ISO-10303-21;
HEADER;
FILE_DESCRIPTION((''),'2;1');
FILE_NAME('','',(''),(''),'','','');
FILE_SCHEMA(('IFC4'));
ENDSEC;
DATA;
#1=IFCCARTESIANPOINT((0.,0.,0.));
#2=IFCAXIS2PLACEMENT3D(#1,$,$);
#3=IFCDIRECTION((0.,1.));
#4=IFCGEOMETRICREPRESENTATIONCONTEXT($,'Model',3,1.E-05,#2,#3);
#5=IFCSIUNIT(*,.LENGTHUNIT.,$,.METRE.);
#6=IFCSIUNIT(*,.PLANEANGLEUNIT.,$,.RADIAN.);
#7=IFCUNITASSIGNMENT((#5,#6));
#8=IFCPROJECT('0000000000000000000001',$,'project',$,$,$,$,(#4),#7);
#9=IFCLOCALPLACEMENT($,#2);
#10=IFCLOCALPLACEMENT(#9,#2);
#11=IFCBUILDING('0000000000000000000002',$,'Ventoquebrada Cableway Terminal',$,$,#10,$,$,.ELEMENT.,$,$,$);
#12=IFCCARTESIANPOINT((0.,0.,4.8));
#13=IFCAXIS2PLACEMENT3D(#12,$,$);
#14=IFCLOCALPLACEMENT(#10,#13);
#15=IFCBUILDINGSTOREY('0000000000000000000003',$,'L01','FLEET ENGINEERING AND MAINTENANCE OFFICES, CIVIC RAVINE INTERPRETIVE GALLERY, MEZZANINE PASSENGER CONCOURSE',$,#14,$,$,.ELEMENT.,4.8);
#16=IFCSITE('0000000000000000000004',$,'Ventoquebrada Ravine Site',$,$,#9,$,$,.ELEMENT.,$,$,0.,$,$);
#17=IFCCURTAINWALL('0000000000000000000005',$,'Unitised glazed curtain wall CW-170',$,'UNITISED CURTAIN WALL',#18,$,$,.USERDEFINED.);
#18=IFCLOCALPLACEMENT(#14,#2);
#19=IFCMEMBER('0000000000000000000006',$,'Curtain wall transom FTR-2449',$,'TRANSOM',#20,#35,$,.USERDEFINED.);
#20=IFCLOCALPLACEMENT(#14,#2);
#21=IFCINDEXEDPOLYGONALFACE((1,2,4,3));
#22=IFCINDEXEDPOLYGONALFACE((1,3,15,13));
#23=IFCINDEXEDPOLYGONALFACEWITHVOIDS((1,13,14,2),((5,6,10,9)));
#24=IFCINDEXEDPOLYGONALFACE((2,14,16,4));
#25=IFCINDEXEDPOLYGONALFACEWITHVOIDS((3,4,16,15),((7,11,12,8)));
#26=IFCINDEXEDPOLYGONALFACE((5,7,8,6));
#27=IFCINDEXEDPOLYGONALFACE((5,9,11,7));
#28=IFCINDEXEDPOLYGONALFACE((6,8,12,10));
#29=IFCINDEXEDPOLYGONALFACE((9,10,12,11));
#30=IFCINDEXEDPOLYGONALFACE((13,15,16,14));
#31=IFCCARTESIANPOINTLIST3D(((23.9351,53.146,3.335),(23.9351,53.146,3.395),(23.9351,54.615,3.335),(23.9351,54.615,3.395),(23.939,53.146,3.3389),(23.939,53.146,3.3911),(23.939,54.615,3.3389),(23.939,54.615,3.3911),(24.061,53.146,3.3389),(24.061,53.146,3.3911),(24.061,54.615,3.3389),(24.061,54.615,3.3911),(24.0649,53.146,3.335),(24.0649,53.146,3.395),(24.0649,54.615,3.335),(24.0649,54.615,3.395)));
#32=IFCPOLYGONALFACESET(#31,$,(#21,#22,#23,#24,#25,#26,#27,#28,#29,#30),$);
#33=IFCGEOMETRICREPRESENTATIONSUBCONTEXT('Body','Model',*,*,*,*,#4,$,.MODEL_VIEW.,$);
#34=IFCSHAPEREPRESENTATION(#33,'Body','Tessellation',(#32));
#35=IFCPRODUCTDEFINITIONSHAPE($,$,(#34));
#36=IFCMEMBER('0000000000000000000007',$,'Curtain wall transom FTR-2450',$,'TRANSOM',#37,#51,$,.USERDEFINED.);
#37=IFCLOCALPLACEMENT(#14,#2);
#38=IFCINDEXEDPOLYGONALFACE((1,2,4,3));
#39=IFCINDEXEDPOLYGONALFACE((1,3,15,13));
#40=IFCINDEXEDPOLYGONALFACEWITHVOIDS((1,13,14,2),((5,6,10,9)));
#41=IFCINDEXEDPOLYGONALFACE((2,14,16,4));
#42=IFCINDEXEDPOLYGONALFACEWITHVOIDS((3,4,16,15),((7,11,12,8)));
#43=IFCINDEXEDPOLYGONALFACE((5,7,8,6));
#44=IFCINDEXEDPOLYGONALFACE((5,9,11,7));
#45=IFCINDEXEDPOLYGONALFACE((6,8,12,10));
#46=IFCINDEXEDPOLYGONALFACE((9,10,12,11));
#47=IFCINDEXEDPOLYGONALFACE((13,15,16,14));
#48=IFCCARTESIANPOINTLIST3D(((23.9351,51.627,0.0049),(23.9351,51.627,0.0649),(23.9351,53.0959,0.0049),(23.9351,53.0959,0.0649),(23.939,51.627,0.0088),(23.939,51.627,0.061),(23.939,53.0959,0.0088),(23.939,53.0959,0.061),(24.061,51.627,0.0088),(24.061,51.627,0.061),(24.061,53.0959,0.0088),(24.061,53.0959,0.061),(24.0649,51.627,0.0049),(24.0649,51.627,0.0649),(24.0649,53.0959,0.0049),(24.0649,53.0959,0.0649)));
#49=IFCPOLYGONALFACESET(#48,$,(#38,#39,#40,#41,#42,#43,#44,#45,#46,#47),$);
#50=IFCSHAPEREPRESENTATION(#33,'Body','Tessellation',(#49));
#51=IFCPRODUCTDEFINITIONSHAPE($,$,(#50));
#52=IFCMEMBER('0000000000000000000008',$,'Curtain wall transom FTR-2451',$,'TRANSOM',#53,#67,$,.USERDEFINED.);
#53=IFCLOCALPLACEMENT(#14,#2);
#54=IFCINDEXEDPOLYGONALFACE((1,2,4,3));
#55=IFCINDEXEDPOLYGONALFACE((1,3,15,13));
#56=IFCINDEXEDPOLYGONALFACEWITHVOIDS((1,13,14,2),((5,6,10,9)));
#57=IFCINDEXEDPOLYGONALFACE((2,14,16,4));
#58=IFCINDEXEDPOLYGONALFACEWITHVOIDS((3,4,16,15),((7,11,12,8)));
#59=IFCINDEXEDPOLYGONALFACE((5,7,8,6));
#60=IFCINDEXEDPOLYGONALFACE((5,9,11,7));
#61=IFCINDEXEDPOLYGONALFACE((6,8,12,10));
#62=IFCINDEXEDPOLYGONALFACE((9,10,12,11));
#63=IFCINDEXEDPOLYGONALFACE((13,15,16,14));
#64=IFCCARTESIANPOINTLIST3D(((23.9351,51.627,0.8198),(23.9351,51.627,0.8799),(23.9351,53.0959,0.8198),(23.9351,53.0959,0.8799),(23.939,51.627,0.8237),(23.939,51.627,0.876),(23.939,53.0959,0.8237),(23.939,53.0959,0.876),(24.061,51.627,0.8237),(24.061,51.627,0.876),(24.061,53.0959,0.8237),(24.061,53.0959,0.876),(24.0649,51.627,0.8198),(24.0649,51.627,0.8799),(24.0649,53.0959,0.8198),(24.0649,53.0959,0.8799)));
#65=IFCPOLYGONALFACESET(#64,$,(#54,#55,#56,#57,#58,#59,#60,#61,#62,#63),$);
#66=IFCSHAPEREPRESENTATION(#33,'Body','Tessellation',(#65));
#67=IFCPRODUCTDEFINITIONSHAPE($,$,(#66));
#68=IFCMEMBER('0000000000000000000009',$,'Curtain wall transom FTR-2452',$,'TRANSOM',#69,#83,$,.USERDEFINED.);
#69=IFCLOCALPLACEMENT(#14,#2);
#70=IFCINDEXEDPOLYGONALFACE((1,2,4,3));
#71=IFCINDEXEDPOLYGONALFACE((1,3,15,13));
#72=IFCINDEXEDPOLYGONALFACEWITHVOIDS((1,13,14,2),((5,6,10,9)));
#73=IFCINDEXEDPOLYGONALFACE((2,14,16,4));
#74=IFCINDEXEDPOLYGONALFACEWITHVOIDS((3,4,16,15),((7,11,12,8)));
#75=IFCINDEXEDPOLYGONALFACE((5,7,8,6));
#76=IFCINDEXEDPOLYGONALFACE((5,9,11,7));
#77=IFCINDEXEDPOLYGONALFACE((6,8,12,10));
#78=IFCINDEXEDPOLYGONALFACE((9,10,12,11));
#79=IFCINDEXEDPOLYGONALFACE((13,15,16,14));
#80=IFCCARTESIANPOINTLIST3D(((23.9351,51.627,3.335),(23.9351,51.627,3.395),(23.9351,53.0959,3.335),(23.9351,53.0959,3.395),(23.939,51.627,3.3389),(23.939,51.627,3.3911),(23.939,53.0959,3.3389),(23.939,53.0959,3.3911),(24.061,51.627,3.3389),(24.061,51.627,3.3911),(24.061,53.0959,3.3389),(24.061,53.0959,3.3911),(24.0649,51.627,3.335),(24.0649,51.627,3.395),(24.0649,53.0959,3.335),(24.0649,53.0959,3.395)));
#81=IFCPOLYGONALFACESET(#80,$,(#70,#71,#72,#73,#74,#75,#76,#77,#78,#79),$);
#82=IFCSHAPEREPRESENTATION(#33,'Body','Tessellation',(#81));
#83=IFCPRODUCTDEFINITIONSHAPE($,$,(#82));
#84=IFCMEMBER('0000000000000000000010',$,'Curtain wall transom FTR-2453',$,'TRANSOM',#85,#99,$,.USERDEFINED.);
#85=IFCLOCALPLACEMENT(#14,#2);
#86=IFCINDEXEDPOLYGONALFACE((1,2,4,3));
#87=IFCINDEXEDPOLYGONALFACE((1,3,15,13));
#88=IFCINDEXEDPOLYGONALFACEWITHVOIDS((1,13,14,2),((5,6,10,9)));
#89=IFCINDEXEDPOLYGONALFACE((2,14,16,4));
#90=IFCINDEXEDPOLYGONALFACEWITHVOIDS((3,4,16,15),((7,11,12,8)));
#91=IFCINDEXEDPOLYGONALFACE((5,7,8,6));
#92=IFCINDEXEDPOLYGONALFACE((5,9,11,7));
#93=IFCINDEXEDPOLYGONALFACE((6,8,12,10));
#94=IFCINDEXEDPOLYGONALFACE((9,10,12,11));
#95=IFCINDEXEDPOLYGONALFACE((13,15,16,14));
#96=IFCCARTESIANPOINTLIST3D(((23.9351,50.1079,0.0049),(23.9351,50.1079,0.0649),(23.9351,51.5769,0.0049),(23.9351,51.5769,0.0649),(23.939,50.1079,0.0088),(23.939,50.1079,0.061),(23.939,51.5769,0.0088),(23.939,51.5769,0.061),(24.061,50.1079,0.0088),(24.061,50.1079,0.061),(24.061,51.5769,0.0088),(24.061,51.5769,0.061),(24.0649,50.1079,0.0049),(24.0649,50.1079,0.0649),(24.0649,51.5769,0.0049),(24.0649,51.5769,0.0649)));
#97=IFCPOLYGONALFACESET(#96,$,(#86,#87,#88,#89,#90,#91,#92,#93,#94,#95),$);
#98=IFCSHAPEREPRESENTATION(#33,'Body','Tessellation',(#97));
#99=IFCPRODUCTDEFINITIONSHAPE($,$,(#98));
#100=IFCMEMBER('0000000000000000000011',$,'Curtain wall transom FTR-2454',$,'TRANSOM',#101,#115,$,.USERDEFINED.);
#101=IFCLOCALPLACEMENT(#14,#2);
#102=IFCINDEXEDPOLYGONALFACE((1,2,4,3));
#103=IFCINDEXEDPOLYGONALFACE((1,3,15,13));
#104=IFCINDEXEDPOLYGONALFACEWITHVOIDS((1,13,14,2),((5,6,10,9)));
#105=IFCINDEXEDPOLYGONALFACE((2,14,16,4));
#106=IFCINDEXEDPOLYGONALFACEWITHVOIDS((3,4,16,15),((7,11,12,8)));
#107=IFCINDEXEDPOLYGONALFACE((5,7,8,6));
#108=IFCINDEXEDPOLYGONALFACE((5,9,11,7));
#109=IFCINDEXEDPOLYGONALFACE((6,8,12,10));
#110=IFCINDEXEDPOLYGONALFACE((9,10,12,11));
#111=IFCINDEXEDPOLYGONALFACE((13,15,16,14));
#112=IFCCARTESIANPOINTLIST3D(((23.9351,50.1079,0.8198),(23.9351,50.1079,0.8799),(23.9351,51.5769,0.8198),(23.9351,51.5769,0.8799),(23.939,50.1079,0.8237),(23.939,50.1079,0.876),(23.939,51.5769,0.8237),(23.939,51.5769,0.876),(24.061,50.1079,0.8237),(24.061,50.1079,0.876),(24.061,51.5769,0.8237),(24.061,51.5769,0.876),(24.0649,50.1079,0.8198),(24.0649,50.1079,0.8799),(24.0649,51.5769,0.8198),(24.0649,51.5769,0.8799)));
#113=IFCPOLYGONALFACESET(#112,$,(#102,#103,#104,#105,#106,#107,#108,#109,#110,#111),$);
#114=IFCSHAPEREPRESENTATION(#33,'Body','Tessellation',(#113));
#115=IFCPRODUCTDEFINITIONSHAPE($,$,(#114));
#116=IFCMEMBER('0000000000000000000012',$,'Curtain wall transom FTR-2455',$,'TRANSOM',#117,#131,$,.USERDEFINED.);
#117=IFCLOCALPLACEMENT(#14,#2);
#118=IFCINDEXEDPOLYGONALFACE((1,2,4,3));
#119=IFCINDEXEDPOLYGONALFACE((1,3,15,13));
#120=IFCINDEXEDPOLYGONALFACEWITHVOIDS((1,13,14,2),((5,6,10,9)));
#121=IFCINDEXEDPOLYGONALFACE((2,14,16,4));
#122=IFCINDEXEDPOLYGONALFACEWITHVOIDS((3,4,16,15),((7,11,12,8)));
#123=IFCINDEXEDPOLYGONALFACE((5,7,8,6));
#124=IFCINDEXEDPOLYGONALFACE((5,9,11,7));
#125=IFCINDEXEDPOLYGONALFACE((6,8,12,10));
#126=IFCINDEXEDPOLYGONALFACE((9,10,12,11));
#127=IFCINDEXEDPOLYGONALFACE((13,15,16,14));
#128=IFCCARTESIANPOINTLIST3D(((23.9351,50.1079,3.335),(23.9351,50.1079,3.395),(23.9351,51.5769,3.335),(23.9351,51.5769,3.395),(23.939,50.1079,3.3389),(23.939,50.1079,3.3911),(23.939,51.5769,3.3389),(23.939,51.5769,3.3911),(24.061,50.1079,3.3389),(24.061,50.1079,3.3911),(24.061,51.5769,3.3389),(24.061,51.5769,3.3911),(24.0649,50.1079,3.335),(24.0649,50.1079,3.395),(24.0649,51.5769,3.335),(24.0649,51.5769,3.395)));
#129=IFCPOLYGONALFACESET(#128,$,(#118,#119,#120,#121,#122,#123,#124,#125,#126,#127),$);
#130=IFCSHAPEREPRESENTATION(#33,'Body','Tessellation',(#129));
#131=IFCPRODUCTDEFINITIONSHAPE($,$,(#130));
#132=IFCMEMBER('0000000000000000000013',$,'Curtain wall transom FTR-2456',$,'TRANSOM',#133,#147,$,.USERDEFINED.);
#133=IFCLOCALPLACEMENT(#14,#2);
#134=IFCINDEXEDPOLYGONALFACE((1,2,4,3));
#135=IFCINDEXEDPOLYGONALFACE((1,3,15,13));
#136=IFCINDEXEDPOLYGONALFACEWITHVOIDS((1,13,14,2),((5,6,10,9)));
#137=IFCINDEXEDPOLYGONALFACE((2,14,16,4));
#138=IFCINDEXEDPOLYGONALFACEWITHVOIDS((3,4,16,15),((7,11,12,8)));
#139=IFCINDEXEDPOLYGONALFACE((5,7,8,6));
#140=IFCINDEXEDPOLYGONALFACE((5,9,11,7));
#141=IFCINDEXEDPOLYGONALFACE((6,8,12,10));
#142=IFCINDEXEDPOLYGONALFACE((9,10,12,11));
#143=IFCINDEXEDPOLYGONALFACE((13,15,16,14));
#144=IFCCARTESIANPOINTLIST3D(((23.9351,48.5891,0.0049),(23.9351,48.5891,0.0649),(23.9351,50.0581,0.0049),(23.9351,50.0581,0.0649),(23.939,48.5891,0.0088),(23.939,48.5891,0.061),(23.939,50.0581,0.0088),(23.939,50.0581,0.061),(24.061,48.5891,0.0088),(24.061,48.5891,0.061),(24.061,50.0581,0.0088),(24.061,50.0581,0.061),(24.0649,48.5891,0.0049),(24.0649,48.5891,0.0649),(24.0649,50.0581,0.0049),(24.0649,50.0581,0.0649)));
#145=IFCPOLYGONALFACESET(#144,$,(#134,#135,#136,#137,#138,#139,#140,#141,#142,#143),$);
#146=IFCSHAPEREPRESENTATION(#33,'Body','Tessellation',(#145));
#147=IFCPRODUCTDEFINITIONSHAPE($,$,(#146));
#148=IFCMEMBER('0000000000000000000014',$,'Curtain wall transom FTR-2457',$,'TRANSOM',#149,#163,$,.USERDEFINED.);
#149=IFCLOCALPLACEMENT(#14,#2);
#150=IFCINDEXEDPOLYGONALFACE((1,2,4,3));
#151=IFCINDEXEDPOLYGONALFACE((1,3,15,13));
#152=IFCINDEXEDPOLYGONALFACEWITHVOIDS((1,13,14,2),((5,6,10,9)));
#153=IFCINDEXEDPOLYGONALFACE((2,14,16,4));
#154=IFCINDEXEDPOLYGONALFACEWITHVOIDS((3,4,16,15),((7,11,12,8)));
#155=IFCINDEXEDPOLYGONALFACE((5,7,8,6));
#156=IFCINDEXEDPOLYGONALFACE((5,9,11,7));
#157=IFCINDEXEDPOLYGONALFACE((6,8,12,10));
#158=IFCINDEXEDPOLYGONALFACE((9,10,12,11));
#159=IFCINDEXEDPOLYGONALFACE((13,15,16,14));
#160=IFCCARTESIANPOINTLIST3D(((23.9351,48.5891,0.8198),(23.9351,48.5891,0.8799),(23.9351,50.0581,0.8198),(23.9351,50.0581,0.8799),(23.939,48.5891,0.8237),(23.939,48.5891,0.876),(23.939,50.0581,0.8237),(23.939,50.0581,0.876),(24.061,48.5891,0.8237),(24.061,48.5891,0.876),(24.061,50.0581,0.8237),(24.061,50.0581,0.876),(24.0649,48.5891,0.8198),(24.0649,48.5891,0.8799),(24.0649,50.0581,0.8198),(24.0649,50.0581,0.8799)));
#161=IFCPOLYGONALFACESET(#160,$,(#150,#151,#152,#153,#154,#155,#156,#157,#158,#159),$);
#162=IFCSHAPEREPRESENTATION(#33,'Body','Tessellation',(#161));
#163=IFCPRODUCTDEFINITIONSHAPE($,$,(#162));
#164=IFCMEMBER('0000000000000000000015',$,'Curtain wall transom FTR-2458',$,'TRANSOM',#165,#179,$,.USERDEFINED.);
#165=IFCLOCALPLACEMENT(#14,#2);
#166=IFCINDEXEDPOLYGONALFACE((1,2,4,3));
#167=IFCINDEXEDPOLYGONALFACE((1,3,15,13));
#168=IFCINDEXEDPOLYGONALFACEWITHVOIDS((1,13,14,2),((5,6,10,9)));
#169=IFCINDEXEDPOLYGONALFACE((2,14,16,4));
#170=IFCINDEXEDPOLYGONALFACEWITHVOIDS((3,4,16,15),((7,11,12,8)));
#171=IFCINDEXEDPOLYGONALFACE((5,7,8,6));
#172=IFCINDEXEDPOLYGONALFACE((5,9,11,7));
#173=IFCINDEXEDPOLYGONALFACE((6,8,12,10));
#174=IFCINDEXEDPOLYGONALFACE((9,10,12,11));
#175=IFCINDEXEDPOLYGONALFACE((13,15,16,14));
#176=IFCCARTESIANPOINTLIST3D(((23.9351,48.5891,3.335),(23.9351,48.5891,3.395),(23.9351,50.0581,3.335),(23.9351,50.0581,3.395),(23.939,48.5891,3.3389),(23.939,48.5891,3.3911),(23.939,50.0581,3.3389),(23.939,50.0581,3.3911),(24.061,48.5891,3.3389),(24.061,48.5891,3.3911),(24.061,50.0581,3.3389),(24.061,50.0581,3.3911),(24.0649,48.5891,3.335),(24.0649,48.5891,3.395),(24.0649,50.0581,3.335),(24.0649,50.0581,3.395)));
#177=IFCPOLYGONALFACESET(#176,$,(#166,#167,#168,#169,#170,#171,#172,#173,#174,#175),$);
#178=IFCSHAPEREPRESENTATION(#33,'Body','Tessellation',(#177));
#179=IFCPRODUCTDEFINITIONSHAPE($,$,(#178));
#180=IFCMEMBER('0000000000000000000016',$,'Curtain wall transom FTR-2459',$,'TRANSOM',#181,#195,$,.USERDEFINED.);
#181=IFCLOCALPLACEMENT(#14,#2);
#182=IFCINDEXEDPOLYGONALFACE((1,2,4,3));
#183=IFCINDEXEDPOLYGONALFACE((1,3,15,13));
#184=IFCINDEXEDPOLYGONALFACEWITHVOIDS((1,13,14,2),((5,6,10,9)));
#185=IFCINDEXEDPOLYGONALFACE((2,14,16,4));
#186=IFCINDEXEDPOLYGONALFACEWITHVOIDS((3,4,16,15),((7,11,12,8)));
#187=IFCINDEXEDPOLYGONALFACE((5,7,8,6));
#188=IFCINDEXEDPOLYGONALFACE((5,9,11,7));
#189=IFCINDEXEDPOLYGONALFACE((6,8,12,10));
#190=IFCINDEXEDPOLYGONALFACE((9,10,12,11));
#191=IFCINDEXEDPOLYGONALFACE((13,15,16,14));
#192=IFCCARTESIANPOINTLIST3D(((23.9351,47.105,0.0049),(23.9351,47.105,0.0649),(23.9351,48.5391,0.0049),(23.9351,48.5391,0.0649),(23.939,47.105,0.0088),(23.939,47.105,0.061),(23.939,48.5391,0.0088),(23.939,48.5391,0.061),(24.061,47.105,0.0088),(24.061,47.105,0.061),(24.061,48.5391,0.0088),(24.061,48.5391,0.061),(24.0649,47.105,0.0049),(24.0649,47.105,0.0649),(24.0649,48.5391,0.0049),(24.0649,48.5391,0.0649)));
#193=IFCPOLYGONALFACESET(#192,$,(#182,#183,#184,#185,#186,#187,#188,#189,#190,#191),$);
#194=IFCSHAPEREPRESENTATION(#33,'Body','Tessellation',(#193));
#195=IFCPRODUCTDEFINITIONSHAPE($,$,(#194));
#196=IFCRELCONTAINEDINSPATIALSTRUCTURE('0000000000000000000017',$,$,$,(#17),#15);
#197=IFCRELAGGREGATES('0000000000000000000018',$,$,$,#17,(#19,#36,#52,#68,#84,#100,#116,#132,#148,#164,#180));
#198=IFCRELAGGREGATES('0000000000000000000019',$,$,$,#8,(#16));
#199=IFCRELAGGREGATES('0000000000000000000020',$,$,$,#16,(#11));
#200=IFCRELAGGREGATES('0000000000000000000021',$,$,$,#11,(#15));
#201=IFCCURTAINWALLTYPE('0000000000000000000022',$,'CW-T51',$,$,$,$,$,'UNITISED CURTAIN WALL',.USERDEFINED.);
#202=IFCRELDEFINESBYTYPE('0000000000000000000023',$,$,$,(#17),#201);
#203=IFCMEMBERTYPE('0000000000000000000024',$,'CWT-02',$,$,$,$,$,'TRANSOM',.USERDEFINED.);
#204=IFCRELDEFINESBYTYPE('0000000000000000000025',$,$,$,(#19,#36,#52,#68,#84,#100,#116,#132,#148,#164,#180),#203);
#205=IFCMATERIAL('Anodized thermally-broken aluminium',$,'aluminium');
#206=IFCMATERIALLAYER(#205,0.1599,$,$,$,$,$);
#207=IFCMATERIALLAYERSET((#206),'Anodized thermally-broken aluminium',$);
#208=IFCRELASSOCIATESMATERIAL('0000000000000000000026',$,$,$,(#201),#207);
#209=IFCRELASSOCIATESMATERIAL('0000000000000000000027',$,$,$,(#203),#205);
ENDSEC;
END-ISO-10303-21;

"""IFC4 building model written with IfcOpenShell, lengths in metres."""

from ifc_helpers import new_model, si_unit, direction, frame, origin, origin_2d, place, context, subcontext, project, spatial, hollow_rectangle, extrude, material, layer, layer_set, material_profile, profile_set, type_object, element, aggregate, save


model = new_model("IFC4")

# Units and contexts
model_context = context("Model", 3, precision=1e-05, world=origin(), true_north=direction((0.0, 1.0)))
body_context = subcontext(model_context, "Body", "Model", "MODEL_VIEW")
ifc_project = project(units=[si_unit("LENGTHUNIT", "METRE"), si_unit("PLANEANGLEUNIT", "RADIAN")], contexts=[model_context])

# Site, building, storey
site_placement = place(None, origin())
site = spatial("IfcSite", under=ifc_project, at=site_placement, Name="Ventoquebrada Ravine Site", CompositionType="ELEMENT", RefElevation=0.0)
building_placement = place(site_placement, origin())
building = spatial("IfcBuilding", under=site, at=building_placement, Name="Ventoquebrada Cableway Terminal", CompositionType="ELEMENT")
storey_placement = place(building_placement, frame((0.0, 0.0, 4.8)))
storey = spatial("IfcBuildingStorey", under=building, at=storey_placement, Name="L01", Description="FLEET ENGINEERING AND MAINTENANCE OFFICES, CIVIC RAVINE INTERPRETIVE GALLERY, MEZZANINE PASSENGER CONCOURSE", CompositionType="ELEMENT", Elevation=4.8)

# Curtain wall, members
ifc_material_1 = material(Name="Anodized thermally-broken aluminium", Category="aluminium")
ifc_layer_1 = layer(ifc_material_1, 0.1599)
ifc_layer_set_1 = layer_set([ifc_layer_1], Name="Anodized thermally-broken aluminium")
curtain_wall_type = type_object("IfcCurtainWallType", Name="CW-T51", ElementType="UNITISED CURTAIN WALL", PredefinedType="USERDEFINED", material=ifc_layer_set_1)
curtain_wall_placement = place(storey_placement, origin())
curtain_wall = element("IfcCurtainWall", 1, at=curtain_wall_placement, inside=storey, type_object=curtain_wall_type, Name="Unitised glazed curtain wall CW-170", ObjectType="UNITISED CURTAIN WALL", PredefinedType="USERDEFINED")
ifc_material_profile_1 = material_profile(ifc_material_1, hollow_rectangle(XDim=0.0601, YDim=0.1299, WallThickness=0.0039, at=origin_2d()), Name="CW-TRN-60X130")
ifc_profile_set_1 = profile_set([ifc_material_profile_1], Name="Anodized thermally-broken aluminium")
member_type_1 = type_object("IfcMemberType", Name="CWT-02", ElementType="TRANSOM", PredefinedType="USERDEFINED", material=ifc_profile_set_1)
member_1_placement = place(storey_placement, frame((24.0, 54.615, 3.365), z_axis=(0.0, -1.0, 0.0), x_axis=(0.0, 0.0, 1.0)))
member_1 = element("IfcMember", 2, at=member_1_placement, type_object=member_type_1, Name="Curtain wall transom FTR-2449", ObjectType="TRANSOM", PredefinedType="USERDEFINED", context=body_context, shape_type="SweptSolid", body=[
    extrude(hollow_rectangle(XDim=0.0601, YDim=0.1299, WallThickness=0.0039, at=origin_2d()), origin(), (0.0, 0.0, 1.0), 1.469),
])
member_2_placement = place(storey_placement, frame((24.0, 53.0959, 0.0349), z_axis=(0.0, -1.0, 0.0), x_axis=(0.0, 0.0, 1.0)))
member_2 = element("IfcMember", 3, at=member_2_placement, type_object=member_type_1, Name="Curtain wall transom FTR-2450", ObjectType="TRANSOM", PredefinedType="USERDEFINED", context=body_context, shape_type="SweptSolid", body=[
    extrude(hollow_rectangle(XDim=0.0601, YDim=0.1299, WallThickness=0.0039, at=origin_2d()), origin(), (0.0, 0.0, 1.0), 1.469),
])
member_3_placement = place(storey_placement, frame((24.0, 53.0959, 0.8499), z_axis=(0.0, -1.0, 0.0), x_axis=(0.0, 0.0, 1.0)))
member_3 = element("IfcMember", 4, at=member_3_placement, type_object=member_type_1, Name="Curtain wall transom FTR-2451", ObjectType="TRANSOM", PredefinedType="USERDEFINED", context=body_context, shape_type="SweptSolid", body=[
    extrude(hollow_rectangle(XDim=0.0601, YDim=0.1299, WallThickness=0.0039, at=origin_2d()), origin(), (0.0, 0.0, 1.0), 1.469),
])
member_4_placement = place(storey_placement, frame((24.0, 53.0959, 3.365), z_axis=(0.0, -1.0, 0.0), x_axis=(0.0, 0.0, 1.0)))
member_4 = element("IfcMember", 5, at=member_4_placement, type_object=member_type_1, Name="Curtain wall transom FTR-2452", ObjectType="TRANSOM", PredefinedType="USERDEFINED", context=body_context, shape_type="SweptSolid", body=[
    extrude(hollow_rectangle(XDim=0.0601, YDim=0.1299, WallThickness=0.0039, at=origin_2d()), origin(), (0.0, 0.0, 1.0), 1.469),
])
member_5_placement = place(storey_placement, frame((24.0, 51.5769, 0.0349), z_axis=(0.0, -1.0, 0.0), x_axis=(0.0, 0.0, 1.0)))
member_5 = element("IfcMember", 6, at=member_5_placement, type_object=member_type_1, Name="Curtain wall transom FTR-2453", ObjectType="TRANSOM", PredefinedType="USERDEFINED", context=body_context, shape_type="SweptSolid", body=[
    extrude(hollow_rectangle(XDim=0.0601, YDim=0.1299, WallThickness=0.0039, at=origin_2d()), origin(), (0.0, 0.0, 1.0), 1.469),
])
member_6_placement = place(storey_placement, frame((24.0, 51.5769, 0.8499), z_axis=(0.0, -1.0, 0.0), x_axis=(0.0, 0.0, 1.0)))
member_6 = element("IfcMember", 7, at=member_6_placement, type_object=member_type_1, Name="Curtain wall transom FTR-2454", ObjectType="TRANSOM", PredefinedType="USERDEFINED", context=body_context, shape_type="SweptSolid", body=[
    extrude(hollow_rectangle(XDim=0.0601, YDim=0.1299, WallThickness=0.0039, at=origin_2d()), origin(), (0.0, 0.0, 1.0), 1.469),
])
member_7_placement = place(storey_placement, frame((24.0, 51.5769, 3.365), z_axis=(0.0, -1.0, 0.0), x_axis=(0.0, 0.0, 1.0)))
member_7 = element("IfcMember", 8, at=member_7_placement, type_object=member_type_1, Name="Curtain wall transom FTR-2455", ObjectType="TRANSOM", PredefinedType="USERDEFINED", context=body_context, shape_type="SweptSolid", body=[
    extrude(hollow_rectangle(XDim=0.0601, YDim=0.1299, WallThickness=0.0039, at=origin_2d()), origin(), (0.0, 0.0, 1.0), 1.469),
])
member_8_placement = place(storey_placement, frame((24.0, 50.0581, 0.0349), z_axis=(0.0, -1.0, 0.0), x_axis=(0.0, 0.0, 1.0)))
member_8 = element("IfcMember", 9, at=member_8_placement, type_object=member_type_1, Name="Curtain wall transom FTR-2456", ObjectType="TRANSOM", PredefinedType="USERDEFINED", context=body_context, shape_type="SweptSolid", body=[
    extrude(hollow_rectangle(XDim=0.0601, YDim=0.1299, WallThickness=0.0039, at=origin_2d()), origin(), (0.0, 0.0, 1.0), 1.469),
])
member_9_placement = place(storey_placement, frame((24.0, 50.0581, 0.8499), z_axis=(0.0, -1.0, 0.0), x_axis=(0.0, 0.0, 1.0)))
member_9 = element("IfcMember", 10, at=member_9_placement, type_object=member_type_1, Name="Curtain wall transom FTR-2457", ObjectType="TRANSOM", PredefinedType="USERDEFINED", context=body_context, shape_type="SweptSolid", body=[
    extrude(hollow_rectangle(XDim=0.0601, YDim=0.1299, WallThickness=0.0039, at=origin_2d()), origin(), (0.0, 0.0, 1.0), 1.469),
])
member_10_placement = place(storey_placement, frame((24.0, 50.0581, 3.365), z_axis=(0.0, -1.0, 0.0), x_axis=(0.0, 0.0, 1.0)))
member_10 = element("IfcMember", 11, at=member_10_placement, type_object=member_type_1, Name="Curtain wall transom FTR-2458", ObjectType="TRANSOM", PredefinedType="USERDEFINED", context=body_context, shape_type="SweptSolid", body=[
    extrude(hollow_rectangle(XDim=0.0601, YDim=0.1299, WallThickness=0.0039, at=origin_2d()), origin(), (0.0, 0.0, 1.0), 1.469),
])
member_11_placement = place(storey_placement, frame((24.0, 48.5391, 0.0349), z_axis=(0.0, -1.0, 0.0), x_axis=(0.0, 0.0, 1.0)))
member_11 = element("IfcMember", 12, at=member_11_placement, type_object=member_type_1, Name="Curtain wall transom FTR-2459", ObjectType="TRANSOM", PredefinedType="USERDEFINED", context=body_context, shape_type="SweptSolid", body=[
    extrude(hollow_rectangle(XDim=0.0601, YDim=0.1299, WallThickness=0.0039, at=origin_2d()), origin(), (0.0, 0.0, 1.0), 1.4341),
])
aggregate(curtain_wall, [member_1, member_2, member_3, member_4, member_5, member_6, member_7, member_8, member_9, member_10, member_11])

save(model, "model.ifc")
